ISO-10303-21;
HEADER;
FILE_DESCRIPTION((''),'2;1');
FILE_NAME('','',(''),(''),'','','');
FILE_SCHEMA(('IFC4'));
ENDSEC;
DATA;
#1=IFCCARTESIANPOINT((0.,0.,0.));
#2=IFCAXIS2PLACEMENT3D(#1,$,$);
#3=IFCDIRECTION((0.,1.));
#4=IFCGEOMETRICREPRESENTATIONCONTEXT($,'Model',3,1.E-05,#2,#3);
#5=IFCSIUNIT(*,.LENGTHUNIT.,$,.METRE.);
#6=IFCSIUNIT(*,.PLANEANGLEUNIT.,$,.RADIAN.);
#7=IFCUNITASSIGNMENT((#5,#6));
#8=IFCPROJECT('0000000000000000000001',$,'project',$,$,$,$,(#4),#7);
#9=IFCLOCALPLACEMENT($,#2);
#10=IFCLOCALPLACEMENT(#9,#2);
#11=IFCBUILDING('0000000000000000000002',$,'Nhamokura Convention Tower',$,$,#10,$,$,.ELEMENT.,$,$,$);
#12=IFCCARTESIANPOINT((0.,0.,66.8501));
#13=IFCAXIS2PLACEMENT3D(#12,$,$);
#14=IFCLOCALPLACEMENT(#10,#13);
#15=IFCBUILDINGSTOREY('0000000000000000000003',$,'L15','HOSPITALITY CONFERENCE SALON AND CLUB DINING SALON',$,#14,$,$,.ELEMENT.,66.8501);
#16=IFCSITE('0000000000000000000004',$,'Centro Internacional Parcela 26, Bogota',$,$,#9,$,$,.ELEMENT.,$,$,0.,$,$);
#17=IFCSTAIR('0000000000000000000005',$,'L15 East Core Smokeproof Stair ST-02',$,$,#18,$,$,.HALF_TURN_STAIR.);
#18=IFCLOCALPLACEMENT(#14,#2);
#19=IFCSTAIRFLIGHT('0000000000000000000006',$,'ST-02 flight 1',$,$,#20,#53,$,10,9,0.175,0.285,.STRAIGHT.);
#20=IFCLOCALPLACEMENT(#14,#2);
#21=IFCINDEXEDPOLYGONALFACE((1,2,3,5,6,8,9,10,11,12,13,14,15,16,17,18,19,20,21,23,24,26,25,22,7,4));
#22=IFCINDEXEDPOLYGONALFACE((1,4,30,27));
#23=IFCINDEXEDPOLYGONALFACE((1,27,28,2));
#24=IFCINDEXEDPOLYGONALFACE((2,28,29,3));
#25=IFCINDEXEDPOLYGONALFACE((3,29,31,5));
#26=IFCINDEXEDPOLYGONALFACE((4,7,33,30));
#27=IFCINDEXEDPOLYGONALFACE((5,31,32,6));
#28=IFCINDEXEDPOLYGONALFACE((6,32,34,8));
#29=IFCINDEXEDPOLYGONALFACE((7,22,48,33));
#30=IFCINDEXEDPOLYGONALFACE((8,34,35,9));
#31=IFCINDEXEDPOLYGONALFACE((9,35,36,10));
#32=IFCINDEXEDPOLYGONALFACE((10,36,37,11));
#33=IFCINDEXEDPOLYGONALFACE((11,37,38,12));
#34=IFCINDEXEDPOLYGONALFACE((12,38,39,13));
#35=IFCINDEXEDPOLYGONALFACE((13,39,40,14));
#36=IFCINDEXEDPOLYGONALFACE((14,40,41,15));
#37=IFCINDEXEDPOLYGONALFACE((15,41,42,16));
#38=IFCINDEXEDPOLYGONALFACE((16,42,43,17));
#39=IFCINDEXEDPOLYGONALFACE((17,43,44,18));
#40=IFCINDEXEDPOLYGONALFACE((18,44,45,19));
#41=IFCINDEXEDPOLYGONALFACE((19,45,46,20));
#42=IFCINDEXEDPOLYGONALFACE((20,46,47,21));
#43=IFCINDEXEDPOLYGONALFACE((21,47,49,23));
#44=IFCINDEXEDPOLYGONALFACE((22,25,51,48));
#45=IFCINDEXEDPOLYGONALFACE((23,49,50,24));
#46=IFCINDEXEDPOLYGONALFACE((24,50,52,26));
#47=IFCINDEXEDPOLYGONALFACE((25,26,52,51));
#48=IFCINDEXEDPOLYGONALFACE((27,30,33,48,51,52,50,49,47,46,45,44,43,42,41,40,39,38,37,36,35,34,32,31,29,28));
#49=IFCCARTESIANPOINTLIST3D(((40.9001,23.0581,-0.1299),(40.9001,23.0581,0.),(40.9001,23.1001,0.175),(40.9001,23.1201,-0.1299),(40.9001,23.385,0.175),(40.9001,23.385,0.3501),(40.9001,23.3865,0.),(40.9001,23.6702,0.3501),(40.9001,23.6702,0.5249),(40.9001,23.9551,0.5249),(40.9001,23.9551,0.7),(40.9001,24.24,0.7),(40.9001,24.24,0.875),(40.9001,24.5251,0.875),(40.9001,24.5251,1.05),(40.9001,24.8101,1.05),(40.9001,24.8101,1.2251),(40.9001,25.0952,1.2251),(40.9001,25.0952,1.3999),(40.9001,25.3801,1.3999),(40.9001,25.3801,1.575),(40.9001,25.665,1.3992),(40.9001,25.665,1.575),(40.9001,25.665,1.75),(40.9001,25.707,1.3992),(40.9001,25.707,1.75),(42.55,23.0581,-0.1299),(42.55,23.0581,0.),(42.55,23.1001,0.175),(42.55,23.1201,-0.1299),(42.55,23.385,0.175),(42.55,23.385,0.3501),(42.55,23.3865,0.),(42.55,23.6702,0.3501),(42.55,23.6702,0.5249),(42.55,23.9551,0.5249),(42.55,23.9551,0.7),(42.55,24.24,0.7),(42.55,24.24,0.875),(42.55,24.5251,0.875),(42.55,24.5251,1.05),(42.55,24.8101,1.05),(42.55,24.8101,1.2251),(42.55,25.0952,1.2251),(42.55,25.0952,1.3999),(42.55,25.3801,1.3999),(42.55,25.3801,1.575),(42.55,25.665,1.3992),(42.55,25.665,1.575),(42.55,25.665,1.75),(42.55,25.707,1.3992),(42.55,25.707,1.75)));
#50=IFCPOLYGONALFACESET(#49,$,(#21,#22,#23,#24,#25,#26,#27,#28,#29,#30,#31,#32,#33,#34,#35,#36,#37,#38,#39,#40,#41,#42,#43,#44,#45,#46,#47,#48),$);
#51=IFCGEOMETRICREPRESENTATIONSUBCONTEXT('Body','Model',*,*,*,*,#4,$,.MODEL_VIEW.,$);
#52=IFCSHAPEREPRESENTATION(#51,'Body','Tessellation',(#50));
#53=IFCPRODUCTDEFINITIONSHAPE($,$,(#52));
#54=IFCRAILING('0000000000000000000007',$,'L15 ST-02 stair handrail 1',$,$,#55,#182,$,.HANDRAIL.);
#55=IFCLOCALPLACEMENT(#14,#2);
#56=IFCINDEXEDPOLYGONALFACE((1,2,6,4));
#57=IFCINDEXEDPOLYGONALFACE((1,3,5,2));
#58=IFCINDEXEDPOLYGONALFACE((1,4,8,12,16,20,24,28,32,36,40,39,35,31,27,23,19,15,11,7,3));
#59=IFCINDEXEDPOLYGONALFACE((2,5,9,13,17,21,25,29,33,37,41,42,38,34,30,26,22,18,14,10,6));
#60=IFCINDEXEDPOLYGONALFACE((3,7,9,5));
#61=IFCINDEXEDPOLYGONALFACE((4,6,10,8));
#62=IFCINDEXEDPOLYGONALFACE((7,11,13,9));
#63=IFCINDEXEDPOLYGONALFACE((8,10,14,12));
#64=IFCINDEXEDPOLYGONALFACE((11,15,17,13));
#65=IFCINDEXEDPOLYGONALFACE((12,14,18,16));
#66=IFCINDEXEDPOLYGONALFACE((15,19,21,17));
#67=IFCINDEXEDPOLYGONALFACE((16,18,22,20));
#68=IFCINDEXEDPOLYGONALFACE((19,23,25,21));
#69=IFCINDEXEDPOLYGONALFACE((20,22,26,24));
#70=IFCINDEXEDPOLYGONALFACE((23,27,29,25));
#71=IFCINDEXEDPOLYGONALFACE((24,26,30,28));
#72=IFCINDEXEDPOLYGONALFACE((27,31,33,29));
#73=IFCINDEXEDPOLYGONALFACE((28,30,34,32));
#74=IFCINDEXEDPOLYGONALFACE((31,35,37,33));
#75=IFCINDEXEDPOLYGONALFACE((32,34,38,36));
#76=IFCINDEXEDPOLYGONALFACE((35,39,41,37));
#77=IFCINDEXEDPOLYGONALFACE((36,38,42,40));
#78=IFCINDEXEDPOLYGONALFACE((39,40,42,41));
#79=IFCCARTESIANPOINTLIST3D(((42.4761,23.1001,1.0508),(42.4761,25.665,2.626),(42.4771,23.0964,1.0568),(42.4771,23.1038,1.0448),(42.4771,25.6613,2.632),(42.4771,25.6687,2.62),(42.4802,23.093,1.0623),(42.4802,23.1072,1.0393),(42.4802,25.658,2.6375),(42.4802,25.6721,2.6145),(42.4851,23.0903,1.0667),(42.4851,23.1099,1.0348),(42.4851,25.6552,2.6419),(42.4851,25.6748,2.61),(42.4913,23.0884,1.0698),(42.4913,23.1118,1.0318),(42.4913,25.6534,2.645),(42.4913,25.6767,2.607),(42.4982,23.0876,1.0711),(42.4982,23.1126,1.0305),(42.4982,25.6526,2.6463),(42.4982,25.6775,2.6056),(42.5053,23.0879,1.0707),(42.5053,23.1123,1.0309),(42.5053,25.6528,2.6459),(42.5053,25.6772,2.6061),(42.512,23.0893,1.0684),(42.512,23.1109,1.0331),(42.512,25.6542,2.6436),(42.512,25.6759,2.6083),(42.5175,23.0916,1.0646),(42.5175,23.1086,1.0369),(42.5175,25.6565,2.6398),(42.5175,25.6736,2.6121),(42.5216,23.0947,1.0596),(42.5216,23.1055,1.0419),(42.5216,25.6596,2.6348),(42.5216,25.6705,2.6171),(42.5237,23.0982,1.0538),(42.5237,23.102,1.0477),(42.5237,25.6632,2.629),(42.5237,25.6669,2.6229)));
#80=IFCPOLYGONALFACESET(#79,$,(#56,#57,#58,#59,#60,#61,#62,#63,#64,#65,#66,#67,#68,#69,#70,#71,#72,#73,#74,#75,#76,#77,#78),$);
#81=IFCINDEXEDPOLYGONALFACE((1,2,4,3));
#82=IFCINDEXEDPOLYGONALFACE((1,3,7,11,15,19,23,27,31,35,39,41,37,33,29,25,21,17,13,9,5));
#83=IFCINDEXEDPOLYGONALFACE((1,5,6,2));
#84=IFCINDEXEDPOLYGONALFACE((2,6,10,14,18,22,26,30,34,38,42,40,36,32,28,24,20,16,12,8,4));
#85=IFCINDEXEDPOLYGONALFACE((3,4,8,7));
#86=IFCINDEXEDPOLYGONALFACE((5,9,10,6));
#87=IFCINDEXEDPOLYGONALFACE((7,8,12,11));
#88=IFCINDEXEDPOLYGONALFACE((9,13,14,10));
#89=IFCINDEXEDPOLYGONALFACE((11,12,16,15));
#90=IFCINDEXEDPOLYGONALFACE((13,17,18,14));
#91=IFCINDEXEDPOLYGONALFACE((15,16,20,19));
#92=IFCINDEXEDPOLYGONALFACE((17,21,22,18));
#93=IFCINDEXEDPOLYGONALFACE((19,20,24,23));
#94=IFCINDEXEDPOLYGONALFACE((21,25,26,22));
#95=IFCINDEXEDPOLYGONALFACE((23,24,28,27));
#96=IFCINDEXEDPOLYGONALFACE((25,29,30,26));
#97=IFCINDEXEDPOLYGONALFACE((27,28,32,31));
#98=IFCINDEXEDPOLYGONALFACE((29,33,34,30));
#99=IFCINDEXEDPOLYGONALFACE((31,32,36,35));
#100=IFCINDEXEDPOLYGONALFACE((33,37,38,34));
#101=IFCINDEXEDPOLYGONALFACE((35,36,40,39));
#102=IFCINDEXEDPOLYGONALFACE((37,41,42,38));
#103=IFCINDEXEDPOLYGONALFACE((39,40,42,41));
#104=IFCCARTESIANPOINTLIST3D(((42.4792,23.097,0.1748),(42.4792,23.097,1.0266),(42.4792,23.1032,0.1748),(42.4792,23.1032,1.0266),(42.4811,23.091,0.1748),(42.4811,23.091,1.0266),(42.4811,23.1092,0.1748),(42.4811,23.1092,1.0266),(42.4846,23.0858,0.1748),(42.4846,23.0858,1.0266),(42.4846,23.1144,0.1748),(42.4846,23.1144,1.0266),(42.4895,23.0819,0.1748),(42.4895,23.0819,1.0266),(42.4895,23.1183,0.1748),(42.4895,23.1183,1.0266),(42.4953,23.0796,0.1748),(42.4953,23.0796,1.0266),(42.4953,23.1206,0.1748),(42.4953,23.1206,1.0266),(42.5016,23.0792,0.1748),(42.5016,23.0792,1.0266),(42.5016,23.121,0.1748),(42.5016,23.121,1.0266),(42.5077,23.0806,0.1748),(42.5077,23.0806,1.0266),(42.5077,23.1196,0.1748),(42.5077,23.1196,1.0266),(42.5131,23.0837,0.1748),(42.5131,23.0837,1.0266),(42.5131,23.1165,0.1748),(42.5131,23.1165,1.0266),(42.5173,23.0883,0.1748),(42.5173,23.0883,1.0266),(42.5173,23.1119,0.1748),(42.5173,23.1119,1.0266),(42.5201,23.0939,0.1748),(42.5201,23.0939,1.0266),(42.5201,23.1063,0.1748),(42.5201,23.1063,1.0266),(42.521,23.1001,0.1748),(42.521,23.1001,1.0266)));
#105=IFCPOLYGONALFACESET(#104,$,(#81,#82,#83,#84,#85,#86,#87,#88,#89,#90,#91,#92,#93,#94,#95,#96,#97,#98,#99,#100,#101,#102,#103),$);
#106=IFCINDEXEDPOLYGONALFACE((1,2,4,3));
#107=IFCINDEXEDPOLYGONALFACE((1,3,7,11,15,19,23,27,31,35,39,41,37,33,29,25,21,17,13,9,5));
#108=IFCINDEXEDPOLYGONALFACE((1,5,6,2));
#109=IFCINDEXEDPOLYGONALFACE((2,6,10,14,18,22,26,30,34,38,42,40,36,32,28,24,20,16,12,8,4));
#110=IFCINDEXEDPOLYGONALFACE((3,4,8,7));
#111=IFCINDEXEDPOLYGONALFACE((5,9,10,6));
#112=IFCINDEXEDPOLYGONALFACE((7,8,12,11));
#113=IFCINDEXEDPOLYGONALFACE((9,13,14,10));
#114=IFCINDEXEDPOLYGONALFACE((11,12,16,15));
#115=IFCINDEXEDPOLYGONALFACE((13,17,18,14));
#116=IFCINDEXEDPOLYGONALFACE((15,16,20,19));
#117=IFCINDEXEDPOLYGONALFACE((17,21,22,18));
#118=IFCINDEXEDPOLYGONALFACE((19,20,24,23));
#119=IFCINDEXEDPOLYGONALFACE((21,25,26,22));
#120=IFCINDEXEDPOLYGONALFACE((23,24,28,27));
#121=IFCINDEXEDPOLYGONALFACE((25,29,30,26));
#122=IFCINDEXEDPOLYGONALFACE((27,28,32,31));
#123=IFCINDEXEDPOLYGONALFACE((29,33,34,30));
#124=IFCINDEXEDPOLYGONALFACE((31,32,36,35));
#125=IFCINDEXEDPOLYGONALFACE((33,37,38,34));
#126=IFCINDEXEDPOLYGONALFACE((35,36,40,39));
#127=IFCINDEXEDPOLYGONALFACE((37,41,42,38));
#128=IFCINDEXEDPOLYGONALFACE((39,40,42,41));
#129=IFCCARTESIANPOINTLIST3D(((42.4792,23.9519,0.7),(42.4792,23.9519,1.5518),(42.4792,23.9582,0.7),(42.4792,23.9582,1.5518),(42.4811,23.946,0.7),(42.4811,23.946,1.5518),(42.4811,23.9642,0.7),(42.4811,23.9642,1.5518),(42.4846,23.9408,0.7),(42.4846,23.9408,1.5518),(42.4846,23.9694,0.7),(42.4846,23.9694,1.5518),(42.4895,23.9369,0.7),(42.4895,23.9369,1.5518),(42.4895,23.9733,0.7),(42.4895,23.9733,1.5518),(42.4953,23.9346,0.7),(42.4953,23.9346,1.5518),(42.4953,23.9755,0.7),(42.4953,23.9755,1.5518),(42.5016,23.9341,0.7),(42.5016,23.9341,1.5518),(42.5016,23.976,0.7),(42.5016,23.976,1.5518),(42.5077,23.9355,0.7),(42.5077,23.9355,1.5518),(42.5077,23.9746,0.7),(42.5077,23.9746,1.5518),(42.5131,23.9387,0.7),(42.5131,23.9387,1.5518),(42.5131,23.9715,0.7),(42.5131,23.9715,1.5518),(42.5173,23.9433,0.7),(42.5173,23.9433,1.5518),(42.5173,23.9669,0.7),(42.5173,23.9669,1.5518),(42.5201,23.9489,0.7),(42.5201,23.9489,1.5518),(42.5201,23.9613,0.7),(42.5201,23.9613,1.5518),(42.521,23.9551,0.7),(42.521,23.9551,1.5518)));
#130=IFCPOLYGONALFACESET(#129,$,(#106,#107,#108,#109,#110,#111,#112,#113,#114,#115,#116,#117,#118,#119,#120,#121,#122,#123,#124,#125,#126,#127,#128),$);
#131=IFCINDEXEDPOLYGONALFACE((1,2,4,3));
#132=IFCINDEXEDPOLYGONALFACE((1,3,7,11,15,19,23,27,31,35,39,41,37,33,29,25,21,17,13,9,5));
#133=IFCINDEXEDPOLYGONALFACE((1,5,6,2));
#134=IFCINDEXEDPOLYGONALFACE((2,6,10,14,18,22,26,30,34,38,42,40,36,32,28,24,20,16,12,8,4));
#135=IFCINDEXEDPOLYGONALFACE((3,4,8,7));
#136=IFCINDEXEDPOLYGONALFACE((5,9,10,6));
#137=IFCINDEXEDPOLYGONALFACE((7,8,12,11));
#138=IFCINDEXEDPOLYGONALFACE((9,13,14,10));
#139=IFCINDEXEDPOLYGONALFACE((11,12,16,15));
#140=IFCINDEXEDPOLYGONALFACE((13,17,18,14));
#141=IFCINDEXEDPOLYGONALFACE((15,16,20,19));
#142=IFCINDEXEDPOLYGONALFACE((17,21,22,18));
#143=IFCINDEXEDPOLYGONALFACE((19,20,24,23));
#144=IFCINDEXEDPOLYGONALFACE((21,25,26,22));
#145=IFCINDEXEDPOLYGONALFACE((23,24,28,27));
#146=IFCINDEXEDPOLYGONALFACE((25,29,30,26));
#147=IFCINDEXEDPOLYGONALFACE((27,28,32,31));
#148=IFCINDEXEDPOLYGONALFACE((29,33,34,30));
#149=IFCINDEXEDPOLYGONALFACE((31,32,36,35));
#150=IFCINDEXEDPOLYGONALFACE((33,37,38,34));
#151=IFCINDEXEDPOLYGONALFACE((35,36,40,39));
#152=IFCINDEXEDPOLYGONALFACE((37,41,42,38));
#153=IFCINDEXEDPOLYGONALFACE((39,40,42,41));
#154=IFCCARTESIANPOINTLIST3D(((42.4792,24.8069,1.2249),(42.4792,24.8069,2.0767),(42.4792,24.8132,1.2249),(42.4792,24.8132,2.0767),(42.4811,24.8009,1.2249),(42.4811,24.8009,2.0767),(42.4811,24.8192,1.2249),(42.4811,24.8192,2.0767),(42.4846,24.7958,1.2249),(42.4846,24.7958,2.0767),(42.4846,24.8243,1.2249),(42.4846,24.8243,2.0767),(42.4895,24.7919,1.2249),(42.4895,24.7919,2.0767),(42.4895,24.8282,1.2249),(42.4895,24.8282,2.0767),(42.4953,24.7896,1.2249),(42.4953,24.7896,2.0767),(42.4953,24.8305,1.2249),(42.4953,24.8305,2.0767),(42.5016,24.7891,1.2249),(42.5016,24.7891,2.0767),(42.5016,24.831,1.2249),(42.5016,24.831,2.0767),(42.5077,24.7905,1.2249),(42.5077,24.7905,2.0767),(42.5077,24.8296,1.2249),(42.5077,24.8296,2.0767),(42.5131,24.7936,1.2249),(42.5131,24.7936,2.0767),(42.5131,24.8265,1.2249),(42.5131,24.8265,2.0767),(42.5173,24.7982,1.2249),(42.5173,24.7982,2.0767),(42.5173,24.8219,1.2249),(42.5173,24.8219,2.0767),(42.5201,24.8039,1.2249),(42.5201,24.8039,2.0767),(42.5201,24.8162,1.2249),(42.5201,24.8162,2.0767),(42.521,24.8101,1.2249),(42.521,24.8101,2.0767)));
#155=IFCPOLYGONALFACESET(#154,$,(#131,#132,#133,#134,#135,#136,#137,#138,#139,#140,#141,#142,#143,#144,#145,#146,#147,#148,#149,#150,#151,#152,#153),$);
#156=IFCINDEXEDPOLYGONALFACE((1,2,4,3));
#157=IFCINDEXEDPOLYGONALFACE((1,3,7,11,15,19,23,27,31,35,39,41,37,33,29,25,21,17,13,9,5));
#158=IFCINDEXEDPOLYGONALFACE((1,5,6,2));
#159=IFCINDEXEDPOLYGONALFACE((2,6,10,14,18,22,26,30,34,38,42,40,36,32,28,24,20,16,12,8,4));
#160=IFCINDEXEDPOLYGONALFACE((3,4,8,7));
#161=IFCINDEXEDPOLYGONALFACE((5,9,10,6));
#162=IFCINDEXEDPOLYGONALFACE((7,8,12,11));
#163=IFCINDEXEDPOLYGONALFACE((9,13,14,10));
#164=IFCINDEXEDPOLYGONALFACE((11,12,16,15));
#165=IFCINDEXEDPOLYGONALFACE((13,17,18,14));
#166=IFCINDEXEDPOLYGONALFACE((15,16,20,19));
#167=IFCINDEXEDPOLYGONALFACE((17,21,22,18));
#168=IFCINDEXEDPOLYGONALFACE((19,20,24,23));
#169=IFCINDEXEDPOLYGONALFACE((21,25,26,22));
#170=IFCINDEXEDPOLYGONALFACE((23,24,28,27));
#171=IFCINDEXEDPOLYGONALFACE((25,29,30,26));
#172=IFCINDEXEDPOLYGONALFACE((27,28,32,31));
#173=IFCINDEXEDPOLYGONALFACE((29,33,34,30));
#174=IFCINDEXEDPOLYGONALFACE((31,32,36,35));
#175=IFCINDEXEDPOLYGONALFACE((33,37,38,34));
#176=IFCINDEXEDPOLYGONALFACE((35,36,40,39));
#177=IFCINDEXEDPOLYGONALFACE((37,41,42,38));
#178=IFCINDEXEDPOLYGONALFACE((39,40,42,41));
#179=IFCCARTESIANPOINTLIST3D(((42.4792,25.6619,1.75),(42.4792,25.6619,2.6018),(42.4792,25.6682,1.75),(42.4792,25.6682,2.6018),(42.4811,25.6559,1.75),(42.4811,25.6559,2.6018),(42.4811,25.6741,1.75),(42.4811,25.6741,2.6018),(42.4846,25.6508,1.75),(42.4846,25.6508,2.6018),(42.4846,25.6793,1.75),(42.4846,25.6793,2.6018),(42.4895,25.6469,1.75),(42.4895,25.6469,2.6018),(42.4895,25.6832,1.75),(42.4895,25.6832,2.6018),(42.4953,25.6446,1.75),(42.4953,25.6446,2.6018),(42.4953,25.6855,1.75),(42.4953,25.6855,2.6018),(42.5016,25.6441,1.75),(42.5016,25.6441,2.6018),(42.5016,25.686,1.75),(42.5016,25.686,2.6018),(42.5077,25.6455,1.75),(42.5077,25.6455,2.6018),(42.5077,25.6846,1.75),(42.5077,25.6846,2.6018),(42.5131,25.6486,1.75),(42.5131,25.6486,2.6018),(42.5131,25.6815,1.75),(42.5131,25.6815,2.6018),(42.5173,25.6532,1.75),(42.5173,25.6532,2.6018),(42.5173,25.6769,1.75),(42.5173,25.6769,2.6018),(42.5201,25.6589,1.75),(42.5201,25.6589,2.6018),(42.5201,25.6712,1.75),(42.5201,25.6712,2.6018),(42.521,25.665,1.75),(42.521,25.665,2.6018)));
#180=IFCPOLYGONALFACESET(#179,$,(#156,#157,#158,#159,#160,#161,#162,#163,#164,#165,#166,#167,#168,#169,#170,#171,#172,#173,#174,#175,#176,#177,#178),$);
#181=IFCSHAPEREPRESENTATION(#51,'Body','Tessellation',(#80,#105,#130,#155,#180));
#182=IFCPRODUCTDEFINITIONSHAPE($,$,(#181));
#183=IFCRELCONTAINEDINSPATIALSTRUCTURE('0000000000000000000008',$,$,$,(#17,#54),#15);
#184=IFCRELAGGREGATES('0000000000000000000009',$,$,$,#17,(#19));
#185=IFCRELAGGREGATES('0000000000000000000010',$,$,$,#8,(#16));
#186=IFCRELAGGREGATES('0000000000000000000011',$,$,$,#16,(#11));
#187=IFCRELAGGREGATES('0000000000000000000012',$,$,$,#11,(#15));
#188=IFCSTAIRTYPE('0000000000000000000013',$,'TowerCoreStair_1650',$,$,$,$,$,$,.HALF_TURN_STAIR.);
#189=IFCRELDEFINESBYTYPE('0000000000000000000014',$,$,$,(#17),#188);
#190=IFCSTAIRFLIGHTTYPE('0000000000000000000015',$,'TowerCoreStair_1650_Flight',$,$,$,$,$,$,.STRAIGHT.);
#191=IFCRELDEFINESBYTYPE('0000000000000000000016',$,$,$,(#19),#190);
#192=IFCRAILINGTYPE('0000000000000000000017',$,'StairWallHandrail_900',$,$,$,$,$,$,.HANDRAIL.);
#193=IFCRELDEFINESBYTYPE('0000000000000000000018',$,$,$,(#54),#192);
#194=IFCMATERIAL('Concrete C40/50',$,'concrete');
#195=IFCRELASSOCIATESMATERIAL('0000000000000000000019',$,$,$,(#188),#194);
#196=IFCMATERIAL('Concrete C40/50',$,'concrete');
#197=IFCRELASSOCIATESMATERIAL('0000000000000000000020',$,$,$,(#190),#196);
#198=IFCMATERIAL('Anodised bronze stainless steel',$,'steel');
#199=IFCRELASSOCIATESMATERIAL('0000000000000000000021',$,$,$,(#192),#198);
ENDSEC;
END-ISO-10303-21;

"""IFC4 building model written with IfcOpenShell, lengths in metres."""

from ifc_helpers import new_model, si_unit, direction, frame, origin, origin_2d, place, context, subcontext, project, spatial, polyline, circle, outline, extrude, material, type_object, element, aggregate, save


model = new_model("IFC4")

# Units and contexts
model_context = context("Model", 3, precision=1e-05, world=origin(), true_north=direction((0.0, 1.0)))
body_context = subcontext(model_context, "Body", "Model", "MODEL_VIEW")
ifc_project = project(units=[si_unit("LENGTHUNIT", "METRE"), si_unit("PLANEANGLEUNIT", "RADIAN")], contexts=[model_context])

# Site, building, storey
site_placement = place(None, origin())
site = spatial("IfcSite", under=ifc_project, at=site_placement, Name="Centro Internacional Parcela 26, Bogota", CompositionType="ELEMENT", RefElevation=0.0)
building_placement = place(site_placement, origin())
building = spatial("IfcBuilding", under=site, at=building_placement, Name="Nhamokura Convention Tower", CompositionType="ELEMENT")
storey_placement = place(building_placement, frame((0.0, 0.0, 66.8501)))
storey = spatial("IfcBuildingStorey", under=building, at=storey_placement, Name="L15", Description="HOSPITALITY CONFERENCE SALON AND CLUB DINING SALON", CompositionType="ELEMENT", Elevation=66.8501)

# Stair, stair flight
ifc_material_1 = material(Name="Concrete C40/50", Category="concrete")
stair_type = type_object("IfcStairType", Name="TowerCoreStair_1650", PredefinedType="HALF_TURN_STAIR", material=ifc_material_1)
stair_placement = place(storey_placement, origin())
stair = element("IfcStair", 1, at=stair_placement, inside=storey, type_object=stair_type, Name="L15 East Core Smokeproof Stair ST-02", PredefinedType="HALF_TURN_STAIR")
ifc_material_2 = material(Name="Concrete C40/50", Category="concrete")
stair_flight_type = type_object("IfcStairFlightType", Name="TowerCoreStair_1650_Flight", PredefinedType="STRAIGHT", material=ifc_material_2)
stair_flight_placement = place(storey_placement, frame((41.7251, 23.1001, 0.0), z_axis=(0.0, 0.0, 1.0), x_axis=(0.0, 1.0, 0.0)))
stair_flight = element("IfcStairFlight", 2, at=stair_flight_placement, type_object=stair_flight_type, Name="ST-02 flight 1", NumberOfRisers=10, NumberOfTreads=9, PredefinedType="STRAIGHT", RiserHeight=0.175, TreadLength=0.285, context=body_context, shape_type="SweptSolid", body=[
    extrude(outline(polyline([(-0.042, 0.0), (0.0, 0.175), (0.2849, 0.175), (0.2849, 0.3501), (0.5701, 0.3501), (0.5701, 0.5249), (0.855, 0.5249), (0.855, 0.7), (1.1399, 0.7), (1.1399, 0.875), (1.425, 0.875), (1.425, 1.05), (1.71, 1.05), (1.71, 1.2251), (1.9951, 1.2251), (1.9951, 1.3999), (2.28, 1.3999), (2.28, 1.575), (2.5649, 1.575), (2.5649, 1.75), (2.6069, 1.75), (2.6069, 1.3992), (2.5649, 1.3992), (0.2864, 0.0), (0.02, -0.1299), (-0.042, -0.1299), (-0.042, 0.0)])), frame((0.0, 0.825, 0.0), z_axis=(0.0, -1.0, 0.0), x_axis=(1.0, 0.0, 0.0)), (0.0, 0.0, 1.0), 1.6499),
])
aggregate(stair, [stair_flight])

# Railing
ifc_material_3 = material(Name="Anodised bronze stainless steel", Category="steel")
railing_type_1 = type_object("IfcRailingType", Name="StairWallHandrail_900", PredefinedType="HANDRAIL", material=ifc_material_3)
railing_1_placement = place(storey_placement, frame((42.5, 23.1001, 0.1748)))
element("IfcRailing", 3, at=railing_1_placement, inside=storey, type_object=railing_type_1, Name="L15 ST-02 stair handrail 1", PredefinedType="HANDRAIL", context=body_context, shape_type="SweptSolid", body=[
    extrude(circle(Radius=0.0239, at=origin_2d()), frame((0.0, 0.0, 0.876), z_axis=(0.0, 0.852137, 0.523319), x_axis=(-1.0, 0.0, 0.0)), (0.0, 0.0, 1.0), 3.01),
    extrude(circle(Radius=0.021, at=origin_2d()), origin(), (0.0, 0.0, 1.0), 0.8518),
    extrude(circle(Radius=0.021, at=origin_2d()), frame((0.0, 0.855, 0.5251)), (0.0, 0.0, 1.0), 0.8518),
    extrude(circle(Radius=0.021, at=origin_2d()), frame((0.0, 1.71, 1.05)), (0.0, 0.0, 1.0), 0.8518),
    extrude(circle(Radius=0.021, at=origin_2d()), frame((0.0, 2.5649, 1.5752)), (0.0, 0.0, 1.0), 0.8518),
])

save(model, "model.ifc")
